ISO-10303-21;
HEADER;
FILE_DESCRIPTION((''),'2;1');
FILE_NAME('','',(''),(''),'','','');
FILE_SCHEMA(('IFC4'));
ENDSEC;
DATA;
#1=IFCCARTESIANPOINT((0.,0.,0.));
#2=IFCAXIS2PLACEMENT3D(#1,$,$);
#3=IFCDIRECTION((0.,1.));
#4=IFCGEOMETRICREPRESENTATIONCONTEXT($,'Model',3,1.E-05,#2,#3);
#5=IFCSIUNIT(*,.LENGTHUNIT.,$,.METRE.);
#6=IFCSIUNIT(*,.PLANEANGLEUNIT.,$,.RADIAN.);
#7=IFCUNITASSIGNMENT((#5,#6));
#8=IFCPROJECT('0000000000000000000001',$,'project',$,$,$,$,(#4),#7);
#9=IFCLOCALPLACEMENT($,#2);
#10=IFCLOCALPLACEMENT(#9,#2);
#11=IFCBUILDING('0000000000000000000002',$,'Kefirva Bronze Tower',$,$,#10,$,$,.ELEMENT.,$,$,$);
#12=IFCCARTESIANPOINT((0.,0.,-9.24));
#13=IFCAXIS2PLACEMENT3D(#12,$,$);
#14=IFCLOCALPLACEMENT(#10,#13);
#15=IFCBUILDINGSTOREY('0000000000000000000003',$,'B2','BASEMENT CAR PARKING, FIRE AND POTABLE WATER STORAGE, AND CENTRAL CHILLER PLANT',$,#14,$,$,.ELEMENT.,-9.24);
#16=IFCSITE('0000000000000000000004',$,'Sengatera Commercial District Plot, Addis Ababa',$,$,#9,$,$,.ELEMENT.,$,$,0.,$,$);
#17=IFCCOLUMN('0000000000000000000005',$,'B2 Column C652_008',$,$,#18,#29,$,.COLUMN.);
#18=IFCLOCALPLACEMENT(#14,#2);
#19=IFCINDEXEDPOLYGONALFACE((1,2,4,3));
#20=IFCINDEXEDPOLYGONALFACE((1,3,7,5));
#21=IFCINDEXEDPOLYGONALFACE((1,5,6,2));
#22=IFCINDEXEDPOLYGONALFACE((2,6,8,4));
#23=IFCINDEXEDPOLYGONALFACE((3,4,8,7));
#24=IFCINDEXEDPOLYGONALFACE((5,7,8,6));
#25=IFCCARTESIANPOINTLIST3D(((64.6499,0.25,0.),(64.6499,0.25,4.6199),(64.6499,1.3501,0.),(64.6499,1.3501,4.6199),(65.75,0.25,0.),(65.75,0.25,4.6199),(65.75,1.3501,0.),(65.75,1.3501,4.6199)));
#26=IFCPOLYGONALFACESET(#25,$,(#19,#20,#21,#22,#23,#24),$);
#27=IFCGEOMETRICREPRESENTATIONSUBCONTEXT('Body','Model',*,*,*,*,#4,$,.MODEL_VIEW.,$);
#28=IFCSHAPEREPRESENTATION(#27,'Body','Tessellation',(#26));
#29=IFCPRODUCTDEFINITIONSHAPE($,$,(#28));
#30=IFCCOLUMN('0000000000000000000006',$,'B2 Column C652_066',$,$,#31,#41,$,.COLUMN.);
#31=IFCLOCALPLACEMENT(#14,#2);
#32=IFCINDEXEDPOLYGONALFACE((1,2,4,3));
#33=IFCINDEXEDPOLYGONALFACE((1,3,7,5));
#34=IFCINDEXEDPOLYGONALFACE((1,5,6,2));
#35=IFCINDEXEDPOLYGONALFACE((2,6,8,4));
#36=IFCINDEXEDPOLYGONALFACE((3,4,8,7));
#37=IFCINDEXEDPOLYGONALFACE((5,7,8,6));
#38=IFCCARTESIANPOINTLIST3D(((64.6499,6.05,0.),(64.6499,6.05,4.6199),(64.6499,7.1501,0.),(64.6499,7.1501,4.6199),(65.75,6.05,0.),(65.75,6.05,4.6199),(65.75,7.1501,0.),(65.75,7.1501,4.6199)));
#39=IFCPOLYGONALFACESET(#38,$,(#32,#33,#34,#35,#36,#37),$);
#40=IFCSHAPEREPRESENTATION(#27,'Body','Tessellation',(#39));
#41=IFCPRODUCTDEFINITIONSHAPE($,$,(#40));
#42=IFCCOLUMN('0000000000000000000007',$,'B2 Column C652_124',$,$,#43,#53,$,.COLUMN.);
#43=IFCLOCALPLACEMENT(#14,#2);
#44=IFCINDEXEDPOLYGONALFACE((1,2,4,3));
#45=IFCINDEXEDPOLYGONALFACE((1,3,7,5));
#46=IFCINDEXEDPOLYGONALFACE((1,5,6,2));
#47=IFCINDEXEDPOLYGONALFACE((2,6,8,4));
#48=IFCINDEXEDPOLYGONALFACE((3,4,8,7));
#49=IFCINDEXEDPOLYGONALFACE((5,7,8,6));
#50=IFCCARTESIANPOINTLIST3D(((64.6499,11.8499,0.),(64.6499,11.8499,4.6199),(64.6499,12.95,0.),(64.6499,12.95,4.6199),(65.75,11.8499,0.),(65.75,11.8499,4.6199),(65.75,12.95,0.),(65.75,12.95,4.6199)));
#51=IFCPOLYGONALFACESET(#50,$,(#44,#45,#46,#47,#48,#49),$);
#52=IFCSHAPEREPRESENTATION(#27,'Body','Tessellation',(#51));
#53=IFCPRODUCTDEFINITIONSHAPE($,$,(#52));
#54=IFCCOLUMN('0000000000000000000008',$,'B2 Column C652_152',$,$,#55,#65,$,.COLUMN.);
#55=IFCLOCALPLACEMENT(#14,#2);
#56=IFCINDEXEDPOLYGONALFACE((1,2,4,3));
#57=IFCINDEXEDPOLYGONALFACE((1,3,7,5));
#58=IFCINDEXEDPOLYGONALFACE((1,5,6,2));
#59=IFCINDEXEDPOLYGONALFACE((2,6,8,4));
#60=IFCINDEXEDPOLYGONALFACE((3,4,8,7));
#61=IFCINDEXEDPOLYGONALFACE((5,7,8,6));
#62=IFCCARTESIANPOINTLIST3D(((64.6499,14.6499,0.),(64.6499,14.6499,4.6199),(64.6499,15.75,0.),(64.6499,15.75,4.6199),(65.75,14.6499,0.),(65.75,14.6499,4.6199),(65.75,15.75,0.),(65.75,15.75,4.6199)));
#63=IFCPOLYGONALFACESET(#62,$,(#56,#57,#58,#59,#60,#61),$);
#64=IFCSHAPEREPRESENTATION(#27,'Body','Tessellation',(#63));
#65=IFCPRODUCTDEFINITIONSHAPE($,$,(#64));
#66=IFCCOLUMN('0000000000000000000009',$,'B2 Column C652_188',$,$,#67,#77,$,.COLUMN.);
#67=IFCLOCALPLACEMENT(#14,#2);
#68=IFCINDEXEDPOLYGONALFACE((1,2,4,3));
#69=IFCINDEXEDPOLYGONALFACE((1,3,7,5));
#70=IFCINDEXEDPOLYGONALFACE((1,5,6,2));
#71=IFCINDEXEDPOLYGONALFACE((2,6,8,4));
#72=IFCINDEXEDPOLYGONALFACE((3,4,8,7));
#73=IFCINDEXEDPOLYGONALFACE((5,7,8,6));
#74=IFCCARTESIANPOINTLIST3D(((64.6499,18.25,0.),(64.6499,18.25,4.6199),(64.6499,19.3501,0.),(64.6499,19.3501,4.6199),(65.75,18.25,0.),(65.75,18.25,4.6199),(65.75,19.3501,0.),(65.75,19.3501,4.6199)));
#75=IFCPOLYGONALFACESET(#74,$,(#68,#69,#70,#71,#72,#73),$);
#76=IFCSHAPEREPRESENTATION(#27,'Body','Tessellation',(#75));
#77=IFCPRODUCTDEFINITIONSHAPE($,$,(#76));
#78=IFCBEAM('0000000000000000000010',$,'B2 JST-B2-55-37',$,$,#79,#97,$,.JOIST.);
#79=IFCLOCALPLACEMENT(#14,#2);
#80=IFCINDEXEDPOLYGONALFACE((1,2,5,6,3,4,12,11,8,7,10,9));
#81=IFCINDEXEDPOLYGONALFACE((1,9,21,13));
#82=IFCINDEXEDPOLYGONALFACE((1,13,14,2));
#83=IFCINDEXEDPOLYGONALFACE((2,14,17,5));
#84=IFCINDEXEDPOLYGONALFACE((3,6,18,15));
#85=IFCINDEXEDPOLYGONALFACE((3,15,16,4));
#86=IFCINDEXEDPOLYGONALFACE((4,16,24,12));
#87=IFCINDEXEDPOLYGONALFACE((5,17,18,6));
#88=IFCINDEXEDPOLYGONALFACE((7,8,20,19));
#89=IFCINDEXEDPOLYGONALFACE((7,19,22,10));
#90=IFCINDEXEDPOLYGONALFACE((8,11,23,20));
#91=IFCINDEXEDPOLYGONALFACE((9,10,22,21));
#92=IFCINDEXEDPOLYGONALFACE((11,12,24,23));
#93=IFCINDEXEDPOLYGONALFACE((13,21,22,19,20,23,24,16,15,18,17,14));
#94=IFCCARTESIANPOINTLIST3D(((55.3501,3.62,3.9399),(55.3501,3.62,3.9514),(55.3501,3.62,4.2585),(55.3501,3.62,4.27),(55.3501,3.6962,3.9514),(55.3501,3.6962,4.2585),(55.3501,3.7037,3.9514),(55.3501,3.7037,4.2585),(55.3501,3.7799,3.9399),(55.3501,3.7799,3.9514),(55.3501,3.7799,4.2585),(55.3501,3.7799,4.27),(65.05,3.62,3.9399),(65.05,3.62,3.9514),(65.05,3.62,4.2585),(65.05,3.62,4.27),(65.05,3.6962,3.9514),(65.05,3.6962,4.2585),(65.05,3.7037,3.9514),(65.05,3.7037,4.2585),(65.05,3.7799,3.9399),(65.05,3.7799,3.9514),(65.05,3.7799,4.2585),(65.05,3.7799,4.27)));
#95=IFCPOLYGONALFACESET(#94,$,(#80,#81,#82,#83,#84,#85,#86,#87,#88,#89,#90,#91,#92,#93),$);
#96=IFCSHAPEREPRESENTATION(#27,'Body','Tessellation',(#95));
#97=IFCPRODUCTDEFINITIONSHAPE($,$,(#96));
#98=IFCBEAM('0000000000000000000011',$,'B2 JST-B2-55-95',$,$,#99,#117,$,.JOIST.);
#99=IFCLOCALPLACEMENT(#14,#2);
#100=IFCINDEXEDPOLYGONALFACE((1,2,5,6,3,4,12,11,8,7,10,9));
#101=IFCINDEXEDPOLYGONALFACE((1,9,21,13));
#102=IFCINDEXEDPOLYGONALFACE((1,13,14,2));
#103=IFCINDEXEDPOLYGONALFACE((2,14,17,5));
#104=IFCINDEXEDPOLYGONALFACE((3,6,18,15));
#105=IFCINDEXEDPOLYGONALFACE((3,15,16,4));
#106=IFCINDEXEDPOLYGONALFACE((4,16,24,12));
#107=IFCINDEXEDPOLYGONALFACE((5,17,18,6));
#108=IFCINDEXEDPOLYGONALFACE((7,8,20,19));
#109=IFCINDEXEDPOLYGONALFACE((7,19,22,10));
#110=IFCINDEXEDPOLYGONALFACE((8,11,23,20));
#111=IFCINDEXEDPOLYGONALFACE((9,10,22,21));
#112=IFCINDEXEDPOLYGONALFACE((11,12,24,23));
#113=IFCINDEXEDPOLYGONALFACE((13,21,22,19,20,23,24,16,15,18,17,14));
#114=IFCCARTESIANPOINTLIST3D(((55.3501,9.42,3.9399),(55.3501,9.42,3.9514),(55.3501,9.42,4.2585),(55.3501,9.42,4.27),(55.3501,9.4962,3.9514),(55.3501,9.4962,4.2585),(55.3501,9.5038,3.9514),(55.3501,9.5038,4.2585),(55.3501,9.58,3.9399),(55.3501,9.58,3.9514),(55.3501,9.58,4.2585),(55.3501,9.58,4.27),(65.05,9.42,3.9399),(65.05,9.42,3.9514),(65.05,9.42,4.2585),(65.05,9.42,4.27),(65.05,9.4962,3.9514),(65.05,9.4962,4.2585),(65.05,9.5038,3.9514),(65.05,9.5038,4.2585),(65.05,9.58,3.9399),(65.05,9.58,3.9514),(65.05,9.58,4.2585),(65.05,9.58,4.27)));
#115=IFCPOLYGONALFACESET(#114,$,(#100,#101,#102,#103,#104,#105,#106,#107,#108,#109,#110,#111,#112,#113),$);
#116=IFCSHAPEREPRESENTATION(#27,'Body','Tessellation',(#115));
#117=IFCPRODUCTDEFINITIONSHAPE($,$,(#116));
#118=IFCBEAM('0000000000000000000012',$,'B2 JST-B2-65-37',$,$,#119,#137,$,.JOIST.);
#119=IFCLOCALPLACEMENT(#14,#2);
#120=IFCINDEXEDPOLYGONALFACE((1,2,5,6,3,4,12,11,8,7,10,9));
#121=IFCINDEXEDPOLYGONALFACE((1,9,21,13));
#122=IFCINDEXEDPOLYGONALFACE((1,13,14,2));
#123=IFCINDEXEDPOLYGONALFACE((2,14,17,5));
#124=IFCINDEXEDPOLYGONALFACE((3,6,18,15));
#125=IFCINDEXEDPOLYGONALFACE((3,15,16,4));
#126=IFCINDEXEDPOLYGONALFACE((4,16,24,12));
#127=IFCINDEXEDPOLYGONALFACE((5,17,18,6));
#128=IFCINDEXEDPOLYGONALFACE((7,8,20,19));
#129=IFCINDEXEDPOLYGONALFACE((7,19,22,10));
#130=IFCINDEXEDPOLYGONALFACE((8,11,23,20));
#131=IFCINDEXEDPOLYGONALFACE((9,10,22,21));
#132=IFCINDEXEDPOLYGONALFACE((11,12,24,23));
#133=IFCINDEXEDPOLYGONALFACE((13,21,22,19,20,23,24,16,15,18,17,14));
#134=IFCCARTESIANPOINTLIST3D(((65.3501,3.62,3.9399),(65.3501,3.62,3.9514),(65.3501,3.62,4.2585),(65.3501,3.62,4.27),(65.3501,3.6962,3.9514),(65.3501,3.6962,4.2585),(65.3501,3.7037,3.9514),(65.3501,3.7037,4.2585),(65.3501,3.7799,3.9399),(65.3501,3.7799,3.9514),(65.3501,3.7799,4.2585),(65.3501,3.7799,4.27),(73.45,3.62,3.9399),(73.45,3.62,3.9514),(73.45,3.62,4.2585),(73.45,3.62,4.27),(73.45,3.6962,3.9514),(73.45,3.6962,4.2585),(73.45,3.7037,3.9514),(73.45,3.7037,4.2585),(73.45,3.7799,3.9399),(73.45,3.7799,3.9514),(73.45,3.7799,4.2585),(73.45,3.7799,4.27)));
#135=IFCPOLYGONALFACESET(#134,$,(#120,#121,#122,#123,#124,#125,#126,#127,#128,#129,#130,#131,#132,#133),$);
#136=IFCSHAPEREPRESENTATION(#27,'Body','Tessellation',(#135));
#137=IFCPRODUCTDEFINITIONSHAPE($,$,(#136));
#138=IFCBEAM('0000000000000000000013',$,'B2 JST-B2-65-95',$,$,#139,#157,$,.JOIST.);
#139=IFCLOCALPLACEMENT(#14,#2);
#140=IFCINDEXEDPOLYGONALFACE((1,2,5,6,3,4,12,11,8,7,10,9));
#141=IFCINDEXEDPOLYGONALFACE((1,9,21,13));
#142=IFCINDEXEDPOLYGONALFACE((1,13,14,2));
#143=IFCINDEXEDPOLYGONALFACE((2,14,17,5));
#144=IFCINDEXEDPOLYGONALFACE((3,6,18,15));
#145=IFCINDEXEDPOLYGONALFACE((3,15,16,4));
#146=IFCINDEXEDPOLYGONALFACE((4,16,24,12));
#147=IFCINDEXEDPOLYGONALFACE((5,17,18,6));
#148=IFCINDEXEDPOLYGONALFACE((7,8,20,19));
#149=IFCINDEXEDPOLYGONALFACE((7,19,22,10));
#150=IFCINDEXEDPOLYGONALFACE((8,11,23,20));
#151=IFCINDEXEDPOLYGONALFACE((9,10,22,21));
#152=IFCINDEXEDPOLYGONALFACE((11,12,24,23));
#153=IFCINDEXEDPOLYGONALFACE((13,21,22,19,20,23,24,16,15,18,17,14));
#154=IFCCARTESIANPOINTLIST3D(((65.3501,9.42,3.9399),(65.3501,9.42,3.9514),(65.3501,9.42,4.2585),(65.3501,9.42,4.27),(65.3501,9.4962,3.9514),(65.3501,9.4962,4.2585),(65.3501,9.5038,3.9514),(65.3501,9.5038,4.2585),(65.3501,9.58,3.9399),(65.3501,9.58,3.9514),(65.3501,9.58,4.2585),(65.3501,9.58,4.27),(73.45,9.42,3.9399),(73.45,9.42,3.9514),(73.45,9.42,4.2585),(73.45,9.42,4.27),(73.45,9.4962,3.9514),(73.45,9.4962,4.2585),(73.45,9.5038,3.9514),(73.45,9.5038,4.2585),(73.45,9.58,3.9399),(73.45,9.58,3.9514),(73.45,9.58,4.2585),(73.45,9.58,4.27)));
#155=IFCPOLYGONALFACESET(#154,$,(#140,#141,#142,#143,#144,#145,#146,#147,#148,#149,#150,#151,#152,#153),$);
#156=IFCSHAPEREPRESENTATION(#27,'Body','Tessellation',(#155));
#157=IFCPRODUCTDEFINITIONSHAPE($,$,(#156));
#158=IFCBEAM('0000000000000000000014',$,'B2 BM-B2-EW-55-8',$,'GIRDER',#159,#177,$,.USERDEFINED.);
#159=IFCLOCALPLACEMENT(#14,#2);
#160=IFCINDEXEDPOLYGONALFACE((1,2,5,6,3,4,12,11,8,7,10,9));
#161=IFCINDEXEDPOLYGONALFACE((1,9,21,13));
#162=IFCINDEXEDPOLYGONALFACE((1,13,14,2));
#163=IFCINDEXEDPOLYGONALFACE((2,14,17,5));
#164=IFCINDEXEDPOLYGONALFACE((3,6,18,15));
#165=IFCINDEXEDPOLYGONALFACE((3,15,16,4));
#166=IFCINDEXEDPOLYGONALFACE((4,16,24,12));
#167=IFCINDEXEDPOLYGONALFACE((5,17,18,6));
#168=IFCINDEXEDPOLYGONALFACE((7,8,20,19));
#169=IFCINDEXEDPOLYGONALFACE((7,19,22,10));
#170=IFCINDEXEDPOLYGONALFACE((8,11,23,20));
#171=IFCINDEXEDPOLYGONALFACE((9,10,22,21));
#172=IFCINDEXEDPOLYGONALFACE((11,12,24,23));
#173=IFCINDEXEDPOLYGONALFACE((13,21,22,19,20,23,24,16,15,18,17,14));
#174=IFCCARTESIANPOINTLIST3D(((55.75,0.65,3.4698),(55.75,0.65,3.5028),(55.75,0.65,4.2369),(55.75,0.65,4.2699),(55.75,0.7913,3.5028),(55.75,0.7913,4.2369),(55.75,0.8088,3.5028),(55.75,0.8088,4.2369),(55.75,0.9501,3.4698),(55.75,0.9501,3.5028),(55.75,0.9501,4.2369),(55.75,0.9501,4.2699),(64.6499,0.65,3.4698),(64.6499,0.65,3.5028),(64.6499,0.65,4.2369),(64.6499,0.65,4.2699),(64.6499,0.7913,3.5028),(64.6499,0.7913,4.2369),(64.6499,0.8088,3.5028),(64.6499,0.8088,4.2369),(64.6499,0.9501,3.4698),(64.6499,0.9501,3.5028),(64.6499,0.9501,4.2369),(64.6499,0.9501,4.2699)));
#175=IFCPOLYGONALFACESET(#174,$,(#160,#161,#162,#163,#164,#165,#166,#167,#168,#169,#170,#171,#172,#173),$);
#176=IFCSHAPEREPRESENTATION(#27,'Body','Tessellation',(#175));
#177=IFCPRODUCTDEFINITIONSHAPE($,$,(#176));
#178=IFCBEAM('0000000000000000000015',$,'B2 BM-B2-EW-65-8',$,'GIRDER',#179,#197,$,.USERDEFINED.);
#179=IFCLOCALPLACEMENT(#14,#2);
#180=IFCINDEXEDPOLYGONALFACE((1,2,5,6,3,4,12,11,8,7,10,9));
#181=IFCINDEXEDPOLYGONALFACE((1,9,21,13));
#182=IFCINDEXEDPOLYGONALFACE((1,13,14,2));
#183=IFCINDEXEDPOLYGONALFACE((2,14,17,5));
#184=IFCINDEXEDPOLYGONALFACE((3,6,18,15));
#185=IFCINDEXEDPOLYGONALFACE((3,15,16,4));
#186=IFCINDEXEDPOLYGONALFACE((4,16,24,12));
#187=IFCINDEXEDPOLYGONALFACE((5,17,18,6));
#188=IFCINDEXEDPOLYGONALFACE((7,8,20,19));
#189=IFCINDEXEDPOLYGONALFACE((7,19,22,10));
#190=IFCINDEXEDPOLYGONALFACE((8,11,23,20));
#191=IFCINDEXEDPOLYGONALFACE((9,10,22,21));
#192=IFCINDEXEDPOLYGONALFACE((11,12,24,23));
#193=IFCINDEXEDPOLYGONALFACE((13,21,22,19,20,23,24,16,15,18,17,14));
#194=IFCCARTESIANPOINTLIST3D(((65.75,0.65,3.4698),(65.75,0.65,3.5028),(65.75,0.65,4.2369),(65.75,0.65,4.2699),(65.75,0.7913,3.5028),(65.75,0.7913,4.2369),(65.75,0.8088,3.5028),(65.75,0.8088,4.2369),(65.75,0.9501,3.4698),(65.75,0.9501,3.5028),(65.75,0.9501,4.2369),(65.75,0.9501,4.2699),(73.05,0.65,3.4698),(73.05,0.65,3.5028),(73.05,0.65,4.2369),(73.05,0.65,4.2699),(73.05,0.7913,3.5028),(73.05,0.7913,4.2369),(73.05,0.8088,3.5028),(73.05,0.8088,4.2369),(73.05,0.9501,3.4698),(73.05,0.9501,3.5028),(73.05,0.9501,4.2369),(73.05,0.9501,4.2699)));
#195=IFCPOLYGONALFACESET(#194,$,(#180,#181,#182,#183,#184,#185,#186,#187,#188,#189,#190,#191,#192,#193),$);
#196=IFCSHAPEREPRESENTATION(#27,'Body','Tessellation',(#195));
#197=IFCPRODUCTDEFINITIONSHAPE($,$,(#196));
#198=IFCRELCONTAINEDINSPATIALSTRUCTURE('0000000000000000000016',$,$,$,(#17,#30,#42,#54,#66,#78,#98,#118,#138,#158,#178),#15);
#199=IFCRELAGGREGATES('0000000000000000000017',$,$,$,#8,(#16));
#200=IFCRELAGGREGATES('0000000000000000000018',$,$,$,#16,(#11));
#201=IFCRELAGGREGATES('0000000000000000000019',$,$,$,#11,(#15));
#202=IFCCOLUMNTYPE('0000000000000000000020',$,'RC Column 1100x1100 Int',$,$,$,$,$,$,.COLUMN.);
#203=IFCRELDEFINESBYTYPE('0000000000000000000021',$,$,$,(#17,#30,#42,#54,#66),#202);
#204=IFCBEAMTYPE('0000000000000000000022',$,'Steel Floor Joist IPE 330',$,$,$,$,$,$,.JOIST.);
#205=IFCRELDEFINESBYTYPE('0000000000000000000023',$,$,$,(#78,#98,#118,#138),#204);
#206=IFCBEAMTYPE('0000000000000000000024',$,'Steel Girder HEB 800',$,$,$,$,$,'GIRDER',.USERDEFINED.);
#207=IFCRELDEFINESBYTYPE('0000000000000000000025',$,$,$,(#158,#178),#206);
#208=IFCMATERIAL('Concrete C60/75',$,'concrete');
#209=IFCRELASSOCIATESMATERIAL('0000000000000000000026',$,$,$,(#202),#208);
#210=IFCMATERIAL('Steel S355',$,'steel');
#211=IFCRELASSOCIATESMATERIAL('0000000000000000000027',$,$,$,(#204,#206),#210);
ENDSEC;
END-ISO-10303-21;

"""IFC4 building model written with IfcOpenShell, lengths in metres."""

from ifc_helpers import new_model, si_unit, direction, frame, origin, origin_2d, place, context, subcontext, project, spatial, rectangle, i_section, extrude, material, material_profile, profile_set, type_object, element, save


model = new_model("IFC4")

# Units and contexts
model_context = context("Model", 3, precision=1e-05, world=origin(), true_north=direction((0.0, 1.0)))
body_context = subcontext(model_context, "Body", "Model", "MODEL_VIEW")
ifc_project = project(units=[si_unit("LENGTHUNIT", "METRE"), si_unit("PLANEANGLEUNIT", "RADIAN")], contexts=[model_context])

# Site, building, storey
site_placement = place(None, origin())
site = spatial("IfcSite", under=ifc_project, at=site_placement, Name="Sengatera Commercial District Plot, Addis Ababa", CompositionType="ELEMENT", RefElevation=0.0)
building_placement = place(site_placement, origin())
building = spatial("IfcBuilding", under=site, at=building_placement, Name="Kefirva Bronze Tower", CompositionType="ELEMENT")
storey_placement = place(building_placement, frame((0.0, 0.0, -9.24)))
storey = spatial("IfcBuildingStorey", under=building, at=storey_placement, Name="B2", Description="BASEMENT CAR PARKING, FIRE AND POTABLE WATER STORAGE, AND CENTRAL CHILLER PLANT", CompositionType="ELEMENT", Elevation=-9.24)

# Columns
ifc_material_1 = material(Name="Concrete C60/75", Category="concrete")
ifc_material_profile_1 = material_profile(ifc_material_1, rectangle(XDim=1.1001, YDim=1.1001, at=origin_2d()), Name="RC 1100x1100")
ifc_profile_set_1 = profile_set([ifc_material_profile_1], Name="Concrete C60/75")
column_type_1 = type_object("IfcColumnType", Name="RC Column 1100x1100 Int", PredefinedType="COLUMN", material=ifc_profile_set_1)
for number, where, z_axis, x_axis, name in (
    (1, (65.2, 0.8, 0.0), (0.0, 0.0, 1.0), (1.0, 0.0, 0.0), "B2 Column C652_008"),
    (2, (65.2, 6.6001, 0.0), (0.0, 0.0, 1.0), (1.0, 0.0, 0.0), "B2 Column C652_066"),
    (3, (65.2, 12.3999, 0.0), (0.0, 0.0, 1.0), (1.0, 0.0, 0.0), "B2 Column C652_124"),
    (4, (65.2, 15.2, 0.0), (0.0, 0.0, 1.0), (1.0, 0.0, 0.0), "B2 Column C652_152"),
    (5, (65.2, 18.8, 0.0), (0.0, 0.0, 1.0), (1.0, 0.0, 0.0), "B2 Column C652_188"),
):
    element("IfcColumn", number, at=place(storey_placement, frame(where, z_axis=z_axis, x_axis=x_axis)), inside=storey, type_object=column_type_1, Name=name, PredefinedType="COLUMN", context=body_context, shape_type="SweptSolid", body=[
        extrude(rectangle(XDim=1.1001, YDim=1.1001, at=origin_2d()), origin(), (0.0, 0.0, 1.0), 4.6199),
    ])

# Beams
ifc_material_2 = material(Name="Steel S355", Category="steel")
ifc_material_profile_2 = material_profile(ifc_material_2, i_section(OverallWidth=0.1599, OverallDepth=0.3301, WebThickness=0.0076, FlangeThickness=0.0115, at=origin_2d()), Name="IPE 330")
ifc_profile_set_2 = profile_set([ifc_material_profile_2], Name="Steel S355")
beam_type_1 = type_object("IfcBeamType", Name="Steel Floor Joist IPE 330", PredefinedType="JOIST", material=ifc_profile_set_2)
for number, where, z_axis, x_axis, name in (
    (6, (55.3501, 3.7, 4.105), (1.0, 0.0, 0.0), (0.0, 1.0, 0.0), "B2 JST-B2-55-37"),
    (7, (55.3501, 9.5, 4.105), (1.0, 0.0, 0.0), (0.0, 1.0, 0.0), "B2 JST-B2-55-95"),
):
    element("IfcBeam", number, at=place(storey_placement, frame(where, z_axis=z_axis, x_axis=x_axis)), inside=storey, type_object=beam_type_1, Name=name, PredefinedType="JOIST", context=body_context, shape_type="SweptSolid", body=[
        extrude(i_section(OverallWidth=0.1599, OverallDepth=0.3301, WebThickness=0.0076, FlangeThickness=0.0115, at=origin_2d()), origin(), (0.0, 0.0, 1.0), 9.7),
    ])
for number, where, z_axis, x_axis, name in (
    (8, (65.3501, 3.7, 4.105), (1.0, 0.0, 0.0), (0.0, 1.0, 0.0), "B2 JST-B2-65-37"),
    (9, (65.3501, 9.5, 4.105), (1.0, 0.0, 0.0), (0.0, 1.0, 0.0), "B2 JST-B2-65-95"),
):
    element("IfcBeam", number, at=place(storey_placement, frame(where, z_axis=z_axis, x_axis=x_axis)), inside=storey, type_object=beam_type_1, Name=name, PredefinedType="JOIST", context=body_context, shape_type="SweptSolid", body=[
        extrude(i_section(OverallWidth=0.1599, OverallDepth=0.3301, WebThickness=0.0076, FlangeThickness=0.0115, at=origin_2d()), origin(), (0.0, 0.0, 1.0), 8.0999),
    ])
ifc_material_profile_3 = material_profile(ifc_material_2, i_section(OverallWidth=0.3, OverallDepth=0.8, WebThickness=0.0176, FlangeThickness=0.033, at=origin_2d()), Name="HEB 800")
ifc_profile_set_3 = profile_set([ifc_material_profile_3], Name="Steel S355")
beam_type_2 = type_object("IfcBeamType", Name="Steel Girder HEB 800", ElementType="GIRDER", PredefinedType="USERDEFINED", material=ifc_profile_set_3)
beam_1_placement = place(storey_placement, frame((55.75, 0.8, 3.8699), z_axis=(1.0, 0.0, 0.0), x_axis=(0.0, 1.0, 0.0)))
element("IfcBeam", 10, at=beam_1_placement, inside=storey, type_object=beam_type_2, Name="B2 BM-B2-EW-55-8", ObjectType="GIRDER", PredefinedType="USERDEFINED", context=body_context, shape_type="SweptSolid", body=[
    extrude(i_section(OverallWidth=0.3, OverallDepth=0.8, WebThickness=0.0176, FlangeThickness=0.033, at=origin_2d()), origin(), (0.0, 0.0, 1.0), 8.8999),
])
beam_2_placement = place(storey_placement, frame((65.75, 0.8, 3.8699), z_axis=(1.0, 0.0, 0.0), x_axis=(0.0, 1.0, 0.0)))
element("IfcBeam", 11, at=beam_2_placement, inside=storey, type_object=beam_type_2, Name="B2 BM-B2-EW-65-8", ObjectType="GIRDER", PredefinedType="USERDEFINED", context=body_context, shape_type="SweptSolid", body=[
    extrude(i_section(OverallWidth=0.3, OverallDepth=0.8, WebThickness=0.0176, FlangeThickness=0.033, at=origin_2d()), origin(), (0.0, 0.0, 1.0), 7.3),
])

save(model, "model.ifc")
